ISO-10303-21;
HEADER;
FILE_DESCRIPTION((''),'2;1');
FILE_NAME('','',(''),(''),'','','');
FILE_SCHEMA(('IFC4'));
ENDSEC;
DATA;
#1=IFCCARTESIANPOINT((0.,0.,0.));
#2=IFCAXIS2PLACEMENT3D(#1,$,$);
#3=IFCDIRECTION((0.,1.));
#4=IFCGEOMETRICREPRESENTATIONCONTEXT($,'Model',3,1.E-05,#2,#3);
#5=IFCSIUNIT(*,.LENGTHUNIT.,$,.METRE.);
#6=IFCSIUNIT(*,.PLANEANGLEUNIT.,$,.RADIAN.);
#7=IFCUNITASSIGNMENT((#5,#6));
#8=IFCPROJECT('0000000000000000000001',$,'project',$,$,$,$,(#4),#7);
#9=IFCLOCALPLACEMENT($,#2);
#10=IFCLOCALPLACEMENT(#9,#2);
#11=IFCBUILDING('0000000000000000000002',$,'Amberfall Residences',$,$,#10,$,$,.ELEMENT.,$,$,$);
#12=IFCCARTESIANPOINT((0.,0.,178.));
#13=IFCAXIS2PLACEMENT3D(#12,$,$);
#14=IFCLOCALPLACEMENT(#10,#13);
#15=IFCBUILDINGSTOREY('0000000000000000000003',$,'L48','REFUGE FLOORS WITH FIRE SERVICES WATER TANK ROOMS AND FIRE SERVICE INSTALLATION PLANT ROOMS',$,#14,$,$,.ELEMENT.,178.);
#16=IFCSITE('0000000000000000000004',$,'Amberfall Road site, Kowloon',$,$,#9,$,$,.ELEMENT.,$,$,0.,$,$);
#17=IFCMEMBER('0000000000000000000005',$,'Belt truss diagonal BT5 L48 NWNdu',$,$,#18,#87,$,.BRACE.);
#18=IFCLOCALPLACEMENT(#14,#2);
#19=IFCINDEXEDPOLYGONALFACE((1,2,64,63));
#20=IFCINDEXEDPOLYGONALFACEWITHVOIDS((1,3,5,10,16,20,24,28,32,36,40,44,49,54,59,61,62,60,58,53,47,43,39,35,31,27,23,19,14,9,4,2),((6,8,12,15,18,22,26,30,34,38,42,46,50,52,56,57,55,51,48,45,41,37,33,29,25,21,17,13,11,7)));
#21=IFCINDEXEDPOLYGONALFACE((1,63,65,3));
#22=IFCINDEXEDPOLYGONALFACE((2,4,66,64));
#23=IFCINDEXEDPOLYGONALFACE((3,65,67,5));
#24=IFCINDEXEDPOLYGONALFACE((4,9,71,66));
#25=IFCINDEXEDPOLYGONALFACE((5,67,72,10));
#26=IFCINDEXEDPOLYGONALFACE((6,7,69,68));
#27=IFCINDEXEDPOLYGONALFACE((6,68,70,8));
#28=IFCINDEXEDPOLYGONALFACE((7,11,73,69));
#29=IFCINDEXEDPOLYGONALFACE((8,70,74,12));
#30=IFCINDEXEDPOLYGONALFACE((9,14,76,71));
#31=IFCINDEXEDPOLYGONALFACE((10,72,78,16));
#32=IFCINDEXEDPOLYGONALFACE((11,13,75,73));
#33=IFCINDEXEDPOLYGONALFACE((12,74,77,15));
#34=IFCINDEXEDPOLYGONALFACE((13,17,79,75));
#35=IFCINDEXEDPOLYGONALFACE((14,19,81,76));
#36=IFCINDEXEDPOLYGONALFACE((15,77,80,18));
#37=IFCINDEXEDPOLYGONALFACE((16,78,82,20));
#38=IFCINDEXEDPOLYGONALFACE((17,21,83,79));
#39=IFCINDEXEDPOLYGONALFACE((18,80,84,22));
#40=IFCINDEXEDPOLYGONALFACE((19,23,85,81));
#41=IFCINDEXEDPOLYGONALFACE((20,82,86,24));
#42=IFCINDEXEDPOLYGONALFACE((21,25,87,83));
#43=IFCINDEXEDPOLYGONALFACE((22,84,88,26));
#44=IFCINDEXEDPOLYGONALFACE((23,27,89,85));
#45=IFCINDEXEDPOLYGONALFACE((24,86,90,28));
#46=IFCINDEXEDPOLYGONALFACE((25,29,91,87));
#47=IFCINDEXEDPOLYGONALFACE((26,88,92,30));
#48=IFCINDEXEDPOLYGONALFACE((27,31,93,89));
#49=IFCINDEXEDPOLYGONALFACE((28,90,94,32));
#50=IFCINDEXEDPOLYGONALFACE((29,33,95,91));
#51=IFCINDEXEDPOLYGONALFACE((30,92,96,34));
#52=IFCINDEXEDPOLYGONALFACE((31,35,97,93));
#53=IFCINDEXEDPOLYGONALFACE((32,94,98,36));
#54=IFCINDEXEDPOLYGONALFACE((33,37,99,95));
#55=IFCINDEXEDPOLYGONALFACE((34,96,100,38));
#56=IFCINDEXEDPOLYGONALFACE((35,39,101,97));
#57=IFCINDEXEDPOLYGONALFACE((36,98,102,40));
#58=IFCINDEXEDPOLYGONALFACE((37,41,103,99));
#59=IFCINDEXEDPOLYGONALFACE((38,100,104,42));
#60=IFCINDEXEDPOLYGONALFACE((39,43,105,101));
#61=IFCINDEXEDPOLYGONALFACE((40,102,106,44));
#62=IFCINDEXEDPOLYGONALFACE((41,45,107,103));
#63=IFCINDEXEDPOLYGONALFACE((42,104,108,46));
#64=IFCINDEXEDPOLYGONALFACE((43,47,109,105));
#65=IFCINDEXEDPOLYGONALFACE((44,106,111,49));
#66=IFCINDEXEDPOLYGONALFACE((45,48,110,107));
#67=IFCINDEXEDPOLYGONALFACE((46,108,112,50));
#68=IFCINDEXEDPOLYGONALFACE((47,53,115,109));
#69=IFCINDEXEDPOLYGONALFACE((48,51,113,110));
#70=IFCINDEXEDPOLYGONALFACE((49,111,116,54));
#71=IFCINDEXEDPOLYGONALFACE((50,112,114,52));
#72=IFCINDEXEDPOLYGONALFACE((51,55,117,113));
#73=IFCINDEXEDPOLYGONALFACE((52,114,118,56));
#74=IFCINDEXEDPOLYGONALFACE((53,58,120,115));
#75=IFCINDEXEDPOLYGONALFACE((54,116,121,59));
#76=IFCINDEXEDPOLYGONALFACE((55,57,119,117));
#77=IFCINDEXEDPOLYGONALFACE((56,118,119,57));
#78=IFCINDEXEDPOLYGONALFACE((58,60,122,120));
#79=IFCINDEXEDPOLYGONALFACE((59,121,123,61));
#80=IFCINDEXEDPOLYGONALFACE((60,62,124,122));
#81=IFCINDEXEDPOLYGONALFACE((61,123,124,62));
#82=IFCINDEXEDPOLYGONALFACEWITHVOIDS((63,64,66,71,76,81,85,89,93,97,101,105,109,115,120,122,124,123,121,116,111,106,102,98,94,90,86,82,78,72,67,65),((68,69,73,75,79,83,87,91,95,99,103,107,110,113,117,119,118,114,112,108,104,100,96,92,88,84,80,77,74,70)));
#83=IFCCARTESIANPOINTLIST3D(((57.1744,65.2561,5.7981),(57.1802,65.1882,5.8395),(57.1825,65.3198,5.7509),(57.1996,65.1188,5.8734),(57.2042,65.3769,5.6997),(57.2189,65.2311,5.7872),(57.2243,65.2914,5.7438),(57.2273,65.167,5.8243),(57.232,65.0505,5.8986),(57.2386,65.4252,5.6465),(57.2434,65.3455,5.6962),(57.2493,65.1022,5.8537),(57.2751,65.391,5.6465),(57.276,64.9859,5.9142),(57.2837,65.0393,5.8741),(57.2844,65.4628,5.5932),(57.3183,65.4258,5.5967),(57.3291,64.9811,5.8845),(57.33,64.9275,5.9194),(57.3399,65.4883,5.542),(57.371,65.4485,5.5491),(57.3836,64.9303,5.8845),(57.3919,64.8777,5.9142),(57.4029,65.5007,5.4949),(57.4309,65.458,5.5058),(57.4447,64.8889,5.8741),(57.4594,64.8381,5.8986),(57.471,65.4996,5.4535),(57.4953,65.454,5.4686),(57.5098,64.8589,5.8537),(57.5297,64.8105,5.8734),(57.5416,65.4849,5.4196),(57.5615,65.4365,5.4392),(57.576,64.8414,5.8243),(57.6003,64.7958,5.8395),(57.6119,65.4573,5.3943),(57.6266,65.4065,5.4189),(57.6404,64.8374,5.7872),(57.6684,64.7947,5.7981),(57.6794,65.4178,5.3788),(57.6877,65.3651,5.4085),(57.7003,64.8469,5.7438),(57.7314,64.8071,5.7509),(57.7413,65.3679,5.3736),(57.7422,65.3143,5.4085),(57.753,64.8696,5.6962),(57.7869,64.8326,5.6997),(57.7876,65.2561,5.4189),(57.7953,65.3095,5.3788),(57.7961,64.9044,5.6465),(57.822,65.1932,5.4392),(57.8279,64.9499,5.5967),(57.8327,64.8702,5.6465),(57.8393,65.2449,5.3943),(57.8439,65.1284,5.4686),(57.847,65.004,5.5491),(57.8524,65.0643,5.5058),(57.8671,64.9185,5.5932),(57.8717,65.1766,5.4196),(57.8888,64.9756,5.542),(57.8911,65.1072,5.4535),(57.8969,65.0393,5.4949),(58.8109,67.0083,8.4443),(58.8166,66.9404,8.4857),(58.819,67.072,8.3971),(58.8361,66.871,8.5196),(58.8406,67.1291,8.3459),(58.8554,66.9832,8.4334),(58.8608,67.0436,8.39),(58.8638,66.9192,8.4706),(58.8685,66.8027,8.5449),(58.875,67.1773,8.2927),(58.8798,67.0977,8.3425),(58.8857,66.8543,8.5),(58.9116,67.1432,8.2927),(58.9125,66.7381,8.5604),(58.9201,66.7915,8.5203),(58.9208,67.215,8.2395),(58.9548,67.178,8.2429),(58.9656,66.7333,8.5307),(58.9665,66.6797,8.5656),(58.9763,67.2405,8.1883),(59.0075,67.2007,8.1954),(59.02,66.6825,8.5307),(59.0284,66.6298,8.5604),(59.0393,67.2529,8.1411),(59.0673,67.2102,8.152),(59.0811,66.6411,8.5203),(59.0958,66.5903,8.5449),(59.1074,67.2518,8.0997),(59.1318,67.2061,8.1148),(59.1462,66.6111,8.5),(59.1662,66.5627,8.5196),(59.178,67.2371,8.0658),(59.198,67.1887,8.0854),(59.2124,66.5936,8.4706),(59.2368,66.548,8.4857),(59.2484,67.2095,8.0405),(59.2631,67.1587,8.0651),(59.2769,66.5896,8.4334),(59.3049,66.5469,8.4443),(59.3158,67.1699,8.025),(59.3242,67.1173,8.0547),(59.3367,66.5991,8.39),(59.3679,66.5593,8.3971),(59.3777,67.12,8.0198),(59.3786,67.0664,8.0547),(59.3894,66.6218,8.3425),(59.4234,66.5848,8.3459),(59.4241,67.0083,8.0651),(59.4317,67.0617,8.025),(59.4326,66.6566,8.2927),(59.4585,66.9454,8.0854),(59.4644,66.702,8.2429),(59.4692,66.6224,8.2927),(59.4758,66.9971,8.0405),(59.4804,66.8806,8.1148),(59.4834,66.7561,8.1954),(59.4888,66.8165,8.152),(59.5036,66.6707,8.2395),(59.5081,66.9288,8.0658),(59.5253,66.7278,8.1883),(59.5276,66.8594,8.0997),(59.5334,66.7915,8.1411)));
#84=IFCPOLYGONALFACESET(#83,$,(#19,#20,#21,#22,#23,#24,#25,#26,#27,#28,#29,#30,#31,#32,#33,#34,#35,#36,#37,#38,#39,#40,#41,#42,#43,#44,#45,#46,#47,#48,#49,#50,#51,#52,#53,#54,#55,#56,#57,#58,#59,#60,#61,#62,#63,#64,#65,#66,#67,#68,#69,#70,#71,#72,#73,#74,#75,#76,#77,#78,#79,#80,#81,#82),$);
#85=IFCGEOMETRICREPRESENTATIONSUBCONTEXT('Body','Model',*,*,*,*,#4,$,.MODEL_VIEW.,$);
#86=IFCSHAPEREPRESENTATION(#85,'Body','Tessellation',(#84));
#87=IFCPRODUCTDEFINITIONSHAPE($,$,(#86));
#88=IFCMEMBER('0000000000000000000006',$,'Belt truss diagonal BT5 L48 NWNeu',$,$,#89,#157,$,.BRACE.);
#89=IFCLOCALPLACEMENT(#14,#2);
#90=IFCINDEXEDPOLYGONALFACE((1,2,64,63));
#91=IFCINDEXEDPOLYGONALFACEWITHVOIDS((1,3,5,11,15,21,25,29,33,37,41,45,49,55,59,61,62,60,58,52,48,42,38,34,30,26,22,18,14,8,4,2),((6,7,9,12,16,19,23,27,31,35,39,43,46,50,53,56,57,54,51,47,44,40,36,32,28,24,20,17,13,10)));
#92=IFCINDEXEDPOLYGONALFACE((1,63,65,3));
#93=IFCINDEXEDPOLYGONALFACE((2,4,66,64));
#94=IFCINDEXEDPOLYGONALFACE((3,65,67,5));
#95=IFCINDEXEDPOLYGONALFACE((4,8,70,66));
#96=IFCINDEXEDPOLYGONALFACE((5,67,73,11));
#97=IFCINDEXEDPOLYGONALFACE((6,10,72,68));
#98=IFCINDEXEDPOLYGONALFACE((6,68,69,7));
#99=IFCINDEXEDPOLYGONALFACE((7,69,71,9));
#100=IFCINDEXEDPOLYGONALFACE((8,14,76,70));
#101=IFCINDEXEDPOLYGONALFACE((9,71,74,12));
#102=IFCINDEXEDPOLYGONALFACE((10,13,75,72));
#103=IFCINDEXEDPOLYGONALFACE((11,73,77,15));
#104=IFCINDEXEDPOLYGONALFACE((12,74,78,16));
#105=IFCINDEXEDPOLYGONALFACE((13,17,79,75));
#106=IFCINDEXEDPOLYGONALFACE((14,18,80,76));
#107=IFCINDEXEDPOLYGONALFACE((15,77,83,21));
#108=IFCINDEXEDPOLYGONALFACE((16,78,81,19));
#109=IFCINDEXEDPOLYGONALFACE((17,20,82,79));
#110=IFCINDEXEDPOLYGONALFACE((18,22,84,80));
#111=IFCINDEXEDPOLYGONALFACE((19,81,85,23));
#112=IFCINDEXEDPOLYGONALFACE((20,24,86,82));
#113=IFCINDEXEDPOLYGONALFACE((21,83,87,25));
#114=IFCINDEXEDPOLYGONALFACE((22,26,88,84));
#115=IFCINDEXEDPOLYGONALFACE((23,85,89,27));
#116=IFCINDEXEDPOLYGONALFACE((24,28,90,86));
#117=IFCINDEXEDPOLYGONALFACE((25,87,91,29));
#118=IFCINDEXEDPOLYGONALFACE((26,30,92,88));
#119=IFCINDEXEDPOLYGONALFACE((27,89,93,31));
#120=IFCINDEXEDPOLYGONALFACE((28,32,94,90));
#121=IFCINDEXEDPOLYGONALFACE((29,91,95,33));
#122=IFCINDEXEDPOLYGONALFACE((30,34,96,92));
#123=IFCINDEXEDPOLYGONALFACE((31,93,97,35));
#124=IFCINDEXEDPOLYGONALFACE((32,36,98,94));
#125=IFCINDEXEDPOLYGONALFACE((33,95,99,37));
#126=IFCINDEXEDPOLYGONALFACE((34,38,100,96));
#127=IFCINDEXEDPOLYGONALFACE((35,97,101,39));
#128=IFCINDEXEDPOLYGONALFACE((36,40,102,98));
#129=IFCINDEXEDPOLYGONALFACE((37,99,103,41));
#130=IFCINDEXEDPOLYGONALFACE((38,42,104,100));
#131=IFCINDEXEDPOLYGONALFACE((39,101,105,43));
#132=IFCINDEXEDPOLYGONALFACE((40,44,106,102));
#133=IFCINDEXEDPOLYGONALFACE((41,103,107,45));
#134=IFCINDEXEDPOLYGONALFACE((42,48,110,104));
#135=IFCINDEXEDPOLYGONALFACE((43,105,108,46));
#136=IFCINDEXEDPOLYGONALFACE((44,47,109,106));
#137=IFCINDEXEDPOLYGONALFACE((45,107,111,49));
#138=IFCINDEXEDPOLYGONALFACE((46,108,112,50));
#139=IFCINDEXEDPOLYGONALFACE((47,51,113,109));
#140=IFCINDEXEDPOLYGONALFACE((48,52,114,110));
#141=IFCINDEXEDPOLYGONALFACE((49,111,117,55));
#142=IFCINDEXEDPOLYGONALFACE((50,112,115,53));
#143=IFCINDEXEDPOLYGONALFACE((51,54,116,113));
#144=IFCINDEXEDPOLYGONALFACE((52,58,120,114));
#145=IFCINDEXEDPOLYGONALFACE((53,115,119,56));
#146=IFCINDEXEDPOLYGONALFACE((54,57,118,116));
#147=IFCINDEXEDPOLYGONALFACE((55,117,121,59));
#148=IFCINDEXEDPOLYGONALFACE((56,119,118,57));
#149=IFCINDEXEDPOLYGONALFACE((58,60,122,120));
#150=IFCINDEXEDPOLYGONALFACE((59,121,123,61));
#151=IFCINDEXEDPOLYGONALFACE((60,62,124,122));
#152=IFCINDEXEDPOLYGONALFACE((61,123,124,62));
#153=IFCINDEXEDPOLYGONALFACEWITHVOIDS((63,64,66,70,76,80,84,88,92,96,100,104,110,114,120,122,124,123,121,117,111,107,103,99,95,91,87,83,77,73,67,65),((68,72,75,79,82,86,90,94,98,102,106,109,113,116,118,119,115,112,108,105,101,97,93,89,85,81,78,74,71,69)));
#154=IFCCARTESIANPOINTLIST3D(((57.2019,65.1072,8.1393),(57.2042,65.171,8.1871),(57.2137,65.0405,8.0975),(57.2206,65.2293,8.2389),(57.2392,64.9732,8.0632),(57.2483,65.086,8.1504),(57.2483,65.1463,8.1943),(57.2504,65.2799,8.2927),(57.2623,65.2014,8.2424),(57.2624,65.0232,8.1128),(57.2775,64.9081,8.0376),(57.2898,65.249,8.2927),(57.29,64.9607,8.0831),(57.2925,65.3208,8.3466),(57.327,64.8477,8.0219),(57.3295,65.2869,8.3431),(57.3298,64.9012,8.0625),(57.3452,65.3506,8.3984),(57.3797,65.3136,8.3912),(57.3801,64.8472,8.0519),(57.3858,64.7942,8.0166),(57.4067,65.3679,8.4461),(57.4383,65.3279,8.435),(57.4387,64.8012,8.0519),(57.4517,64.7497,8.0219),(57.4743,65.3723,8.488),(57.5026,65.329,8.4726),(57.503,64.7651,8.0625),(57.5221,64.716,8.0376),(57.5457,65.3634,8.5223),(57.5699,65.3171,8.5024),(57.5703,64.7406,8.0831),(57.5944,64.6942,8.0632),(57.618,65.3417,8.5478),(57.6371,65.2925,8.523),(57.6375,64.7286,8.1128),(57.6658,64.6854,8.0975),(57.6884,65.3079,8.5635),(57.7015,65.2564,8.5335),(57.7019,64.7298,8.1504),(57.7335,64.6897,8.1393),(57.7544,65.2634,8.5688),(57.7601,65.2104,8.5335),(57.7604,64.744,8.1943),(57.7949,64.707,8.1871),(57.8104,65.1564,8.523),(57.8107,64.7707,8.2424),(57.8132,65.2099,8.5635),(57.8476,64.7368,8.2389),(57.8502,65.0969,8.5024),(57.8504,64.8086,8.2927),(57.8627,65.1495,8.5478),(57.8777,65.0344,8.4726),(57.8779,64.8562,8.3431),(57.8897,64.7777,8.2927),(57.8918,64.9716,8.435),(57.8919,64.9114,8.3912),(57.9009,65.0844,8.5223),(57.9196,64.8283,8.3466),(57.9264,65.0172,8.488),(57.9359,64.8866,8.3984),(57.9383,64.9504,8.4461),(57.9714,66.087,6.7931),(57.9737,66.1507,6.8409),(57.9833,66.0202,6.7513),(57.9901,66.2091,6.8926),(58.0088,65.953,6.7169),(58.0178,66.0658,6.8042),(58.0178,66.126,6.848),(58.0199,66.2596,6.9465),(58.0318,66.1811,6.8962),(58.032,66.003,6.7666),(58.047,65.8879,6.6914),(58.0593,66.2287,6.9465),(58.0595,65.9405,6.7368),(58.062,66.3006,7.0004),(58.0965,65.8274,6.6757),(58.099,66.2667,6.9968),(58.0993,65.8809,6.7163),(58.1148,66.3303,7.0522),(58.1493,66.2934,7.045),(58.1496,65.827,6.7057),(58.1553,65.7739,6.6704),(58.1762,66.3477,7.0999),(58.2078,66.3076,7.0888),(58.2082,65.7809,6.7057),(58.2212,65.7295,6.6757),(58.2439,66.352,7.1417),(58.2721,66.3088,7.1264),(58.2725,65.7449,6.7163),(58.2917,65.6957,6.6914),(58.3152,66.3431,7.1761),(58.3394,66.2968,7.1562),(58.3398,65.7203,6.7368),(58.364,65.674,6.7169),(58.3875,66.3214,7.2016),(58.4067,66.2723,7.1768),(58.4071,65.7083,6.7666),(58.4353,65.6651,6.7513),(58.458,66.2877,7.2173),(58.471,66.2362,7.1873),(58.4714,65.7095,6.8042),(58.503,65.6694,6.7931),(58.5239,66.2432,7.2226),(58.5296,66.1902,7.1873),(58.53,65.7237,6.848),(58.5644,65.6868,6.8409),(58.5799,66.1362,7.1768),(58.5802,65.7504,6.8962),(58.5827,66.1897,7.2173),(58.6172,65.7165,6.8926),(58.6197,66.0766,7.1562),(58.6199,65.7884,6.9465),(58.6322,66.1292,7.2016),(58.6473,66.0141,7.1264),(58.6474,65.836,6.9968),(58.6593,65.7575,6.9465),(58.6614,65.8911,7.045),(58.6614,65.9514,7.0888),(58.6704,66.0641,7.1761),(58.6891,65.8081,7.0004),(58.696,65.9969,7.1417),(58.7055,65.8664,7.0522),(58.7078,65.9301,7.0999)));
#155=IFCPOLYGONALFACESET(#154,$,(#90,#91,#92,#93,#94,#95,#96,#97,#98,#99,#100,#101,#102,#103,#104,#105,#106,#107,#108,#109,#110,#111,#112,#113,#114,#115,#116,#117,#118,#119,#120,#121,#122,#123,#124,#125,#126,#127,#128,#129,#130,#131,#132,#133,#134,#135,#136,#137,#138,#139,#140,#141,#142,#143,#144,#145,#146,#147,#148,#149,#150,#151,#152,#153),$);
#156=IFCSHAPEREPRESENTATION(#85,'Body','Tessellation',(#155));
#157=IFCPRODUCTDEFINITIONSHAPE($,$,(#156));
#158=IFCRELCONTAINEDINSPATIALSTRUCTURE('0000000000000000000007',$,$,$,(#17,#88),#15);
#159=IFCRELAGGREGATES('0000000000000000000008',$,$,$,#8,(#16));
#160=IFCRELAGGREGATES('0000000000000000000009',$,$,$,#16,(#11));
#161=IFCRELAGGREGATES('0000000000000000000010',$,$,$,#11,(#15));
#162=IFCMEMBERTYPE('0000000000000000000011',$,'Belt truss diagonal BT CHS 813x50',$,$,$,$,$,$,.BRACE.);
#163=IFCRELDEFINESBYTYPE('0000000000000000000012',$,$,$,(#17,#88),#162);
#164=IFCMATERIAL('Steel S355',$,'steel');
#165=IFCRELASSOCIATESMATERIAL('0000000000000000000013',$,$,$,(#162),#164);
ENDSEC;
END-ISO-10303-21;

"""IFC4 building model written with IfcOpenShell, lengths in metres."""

from ifc_helpers import new_model, si_unit, direction, frame, origin, origin_2d, place, context, subcontext, project, spatial, hollow_circle, extrude, material, material_profile, profile_set, type_object, element, save


model = new_model("IFC4")

# Units and contexts
model_context = context("Model", 3, precision=1e-05, world=origin(), true_north=direction((0.0, 1.0)))
body_context = subcontext(model_context, "Body", "Model", "MODEL_VIEW")
ifc_project = project(units=[si_unit("LENGTHUNIT", "METRE"), si_unit("PLANEANGLEUNIT", "RADIAN")], contexts=[model_context])

# Site, building, storey
site_placement = place(None, origin())
site = spatial("IfcSite", under=ifc_project, at=site_placement, Name="Amberfall Road site, Kowloon", CompositionType="ELEMENT", RefElevation=0.0)
building_placement = place(site_placement, origin())
building = spatial("IfcBuilding", under=site, at=building_placement, Name="Amberfall Residences", CompositionType="ELEMENT")
storey_placement = place(building_placement, frame((0.0, 0.0, 178.0)))
storey = spatial("IfcBuildingStorey", under=building, at=storey_placement, Name="L48", Description="REFUGE FLOORS WITH FIRE SERVICES WATER TANK ROOMS AND FIRE SERVICE INSTALLATION PLANT ROOMS", CompositionType="ELEMENT", Elevation=178.0)

# Shared definitions
ifc_material_1 = material(Name="Steel S355", Category="steel")

# Members
ifc_material_profile_1 = material_profile(ifc_material_1, hollow_circle(Radius=0.4065, WallThickness=0.05, at=origin_2d()), Name="CHS 813x50")
ifc_profile_set_1 = profile_set([ifc_material_profile_1], Name="Steel S355")
member_type = type_object("IfcMemberType", Name="Belt truss diagonal BT CHS 813x50", PredefinedType="BRACE", material=ifc_profile_set_1)
member_1_placement = place(storey_placement, frame((57.5356, 65.1477, 5.6465), z_axis=(0.45829, 0.490697, 0.741071), x_axis=(-0.730828, 0.682561, 0.0)))
element("IfcMember", 1, at=member_1_placement, inside=storey, type_object=member_type, Name="Belt truss diagonal BT5 L48 NWNdu", PredefinedType="BRACE", context=body_context, shape_type="SweptSolid", body=[
    extrude(hollow_circle(Radius=0.4065, WallThickness=0.05, at=origin_2d()), origin(), (0.0, 0.0, 1.0), 3.5708),
])
member_2_placement = place(storey_placement, frame((57.5701, 65.0288, 8.2927), z_axis=(0.419546, 0.534149, -0.733939), x_axis=(-0.78642, 0.617692, 0.0)))
element("IfcMember", 2, at=member_2_placement, inside=storey, type_object=member_type, Name="Belt truss diagonal BT5 L48 NWNeu", PredefinedType="BRACE", context=body_context, shape_type="SweptSolid", body=[
    extrude(hollow_circle(Radius=0.4065, WallThickness=0.05, at=origin_2d()), origin(), (0.0, 0.0, 1.0), 1.8342),
])

save(model, "model.ifc")
